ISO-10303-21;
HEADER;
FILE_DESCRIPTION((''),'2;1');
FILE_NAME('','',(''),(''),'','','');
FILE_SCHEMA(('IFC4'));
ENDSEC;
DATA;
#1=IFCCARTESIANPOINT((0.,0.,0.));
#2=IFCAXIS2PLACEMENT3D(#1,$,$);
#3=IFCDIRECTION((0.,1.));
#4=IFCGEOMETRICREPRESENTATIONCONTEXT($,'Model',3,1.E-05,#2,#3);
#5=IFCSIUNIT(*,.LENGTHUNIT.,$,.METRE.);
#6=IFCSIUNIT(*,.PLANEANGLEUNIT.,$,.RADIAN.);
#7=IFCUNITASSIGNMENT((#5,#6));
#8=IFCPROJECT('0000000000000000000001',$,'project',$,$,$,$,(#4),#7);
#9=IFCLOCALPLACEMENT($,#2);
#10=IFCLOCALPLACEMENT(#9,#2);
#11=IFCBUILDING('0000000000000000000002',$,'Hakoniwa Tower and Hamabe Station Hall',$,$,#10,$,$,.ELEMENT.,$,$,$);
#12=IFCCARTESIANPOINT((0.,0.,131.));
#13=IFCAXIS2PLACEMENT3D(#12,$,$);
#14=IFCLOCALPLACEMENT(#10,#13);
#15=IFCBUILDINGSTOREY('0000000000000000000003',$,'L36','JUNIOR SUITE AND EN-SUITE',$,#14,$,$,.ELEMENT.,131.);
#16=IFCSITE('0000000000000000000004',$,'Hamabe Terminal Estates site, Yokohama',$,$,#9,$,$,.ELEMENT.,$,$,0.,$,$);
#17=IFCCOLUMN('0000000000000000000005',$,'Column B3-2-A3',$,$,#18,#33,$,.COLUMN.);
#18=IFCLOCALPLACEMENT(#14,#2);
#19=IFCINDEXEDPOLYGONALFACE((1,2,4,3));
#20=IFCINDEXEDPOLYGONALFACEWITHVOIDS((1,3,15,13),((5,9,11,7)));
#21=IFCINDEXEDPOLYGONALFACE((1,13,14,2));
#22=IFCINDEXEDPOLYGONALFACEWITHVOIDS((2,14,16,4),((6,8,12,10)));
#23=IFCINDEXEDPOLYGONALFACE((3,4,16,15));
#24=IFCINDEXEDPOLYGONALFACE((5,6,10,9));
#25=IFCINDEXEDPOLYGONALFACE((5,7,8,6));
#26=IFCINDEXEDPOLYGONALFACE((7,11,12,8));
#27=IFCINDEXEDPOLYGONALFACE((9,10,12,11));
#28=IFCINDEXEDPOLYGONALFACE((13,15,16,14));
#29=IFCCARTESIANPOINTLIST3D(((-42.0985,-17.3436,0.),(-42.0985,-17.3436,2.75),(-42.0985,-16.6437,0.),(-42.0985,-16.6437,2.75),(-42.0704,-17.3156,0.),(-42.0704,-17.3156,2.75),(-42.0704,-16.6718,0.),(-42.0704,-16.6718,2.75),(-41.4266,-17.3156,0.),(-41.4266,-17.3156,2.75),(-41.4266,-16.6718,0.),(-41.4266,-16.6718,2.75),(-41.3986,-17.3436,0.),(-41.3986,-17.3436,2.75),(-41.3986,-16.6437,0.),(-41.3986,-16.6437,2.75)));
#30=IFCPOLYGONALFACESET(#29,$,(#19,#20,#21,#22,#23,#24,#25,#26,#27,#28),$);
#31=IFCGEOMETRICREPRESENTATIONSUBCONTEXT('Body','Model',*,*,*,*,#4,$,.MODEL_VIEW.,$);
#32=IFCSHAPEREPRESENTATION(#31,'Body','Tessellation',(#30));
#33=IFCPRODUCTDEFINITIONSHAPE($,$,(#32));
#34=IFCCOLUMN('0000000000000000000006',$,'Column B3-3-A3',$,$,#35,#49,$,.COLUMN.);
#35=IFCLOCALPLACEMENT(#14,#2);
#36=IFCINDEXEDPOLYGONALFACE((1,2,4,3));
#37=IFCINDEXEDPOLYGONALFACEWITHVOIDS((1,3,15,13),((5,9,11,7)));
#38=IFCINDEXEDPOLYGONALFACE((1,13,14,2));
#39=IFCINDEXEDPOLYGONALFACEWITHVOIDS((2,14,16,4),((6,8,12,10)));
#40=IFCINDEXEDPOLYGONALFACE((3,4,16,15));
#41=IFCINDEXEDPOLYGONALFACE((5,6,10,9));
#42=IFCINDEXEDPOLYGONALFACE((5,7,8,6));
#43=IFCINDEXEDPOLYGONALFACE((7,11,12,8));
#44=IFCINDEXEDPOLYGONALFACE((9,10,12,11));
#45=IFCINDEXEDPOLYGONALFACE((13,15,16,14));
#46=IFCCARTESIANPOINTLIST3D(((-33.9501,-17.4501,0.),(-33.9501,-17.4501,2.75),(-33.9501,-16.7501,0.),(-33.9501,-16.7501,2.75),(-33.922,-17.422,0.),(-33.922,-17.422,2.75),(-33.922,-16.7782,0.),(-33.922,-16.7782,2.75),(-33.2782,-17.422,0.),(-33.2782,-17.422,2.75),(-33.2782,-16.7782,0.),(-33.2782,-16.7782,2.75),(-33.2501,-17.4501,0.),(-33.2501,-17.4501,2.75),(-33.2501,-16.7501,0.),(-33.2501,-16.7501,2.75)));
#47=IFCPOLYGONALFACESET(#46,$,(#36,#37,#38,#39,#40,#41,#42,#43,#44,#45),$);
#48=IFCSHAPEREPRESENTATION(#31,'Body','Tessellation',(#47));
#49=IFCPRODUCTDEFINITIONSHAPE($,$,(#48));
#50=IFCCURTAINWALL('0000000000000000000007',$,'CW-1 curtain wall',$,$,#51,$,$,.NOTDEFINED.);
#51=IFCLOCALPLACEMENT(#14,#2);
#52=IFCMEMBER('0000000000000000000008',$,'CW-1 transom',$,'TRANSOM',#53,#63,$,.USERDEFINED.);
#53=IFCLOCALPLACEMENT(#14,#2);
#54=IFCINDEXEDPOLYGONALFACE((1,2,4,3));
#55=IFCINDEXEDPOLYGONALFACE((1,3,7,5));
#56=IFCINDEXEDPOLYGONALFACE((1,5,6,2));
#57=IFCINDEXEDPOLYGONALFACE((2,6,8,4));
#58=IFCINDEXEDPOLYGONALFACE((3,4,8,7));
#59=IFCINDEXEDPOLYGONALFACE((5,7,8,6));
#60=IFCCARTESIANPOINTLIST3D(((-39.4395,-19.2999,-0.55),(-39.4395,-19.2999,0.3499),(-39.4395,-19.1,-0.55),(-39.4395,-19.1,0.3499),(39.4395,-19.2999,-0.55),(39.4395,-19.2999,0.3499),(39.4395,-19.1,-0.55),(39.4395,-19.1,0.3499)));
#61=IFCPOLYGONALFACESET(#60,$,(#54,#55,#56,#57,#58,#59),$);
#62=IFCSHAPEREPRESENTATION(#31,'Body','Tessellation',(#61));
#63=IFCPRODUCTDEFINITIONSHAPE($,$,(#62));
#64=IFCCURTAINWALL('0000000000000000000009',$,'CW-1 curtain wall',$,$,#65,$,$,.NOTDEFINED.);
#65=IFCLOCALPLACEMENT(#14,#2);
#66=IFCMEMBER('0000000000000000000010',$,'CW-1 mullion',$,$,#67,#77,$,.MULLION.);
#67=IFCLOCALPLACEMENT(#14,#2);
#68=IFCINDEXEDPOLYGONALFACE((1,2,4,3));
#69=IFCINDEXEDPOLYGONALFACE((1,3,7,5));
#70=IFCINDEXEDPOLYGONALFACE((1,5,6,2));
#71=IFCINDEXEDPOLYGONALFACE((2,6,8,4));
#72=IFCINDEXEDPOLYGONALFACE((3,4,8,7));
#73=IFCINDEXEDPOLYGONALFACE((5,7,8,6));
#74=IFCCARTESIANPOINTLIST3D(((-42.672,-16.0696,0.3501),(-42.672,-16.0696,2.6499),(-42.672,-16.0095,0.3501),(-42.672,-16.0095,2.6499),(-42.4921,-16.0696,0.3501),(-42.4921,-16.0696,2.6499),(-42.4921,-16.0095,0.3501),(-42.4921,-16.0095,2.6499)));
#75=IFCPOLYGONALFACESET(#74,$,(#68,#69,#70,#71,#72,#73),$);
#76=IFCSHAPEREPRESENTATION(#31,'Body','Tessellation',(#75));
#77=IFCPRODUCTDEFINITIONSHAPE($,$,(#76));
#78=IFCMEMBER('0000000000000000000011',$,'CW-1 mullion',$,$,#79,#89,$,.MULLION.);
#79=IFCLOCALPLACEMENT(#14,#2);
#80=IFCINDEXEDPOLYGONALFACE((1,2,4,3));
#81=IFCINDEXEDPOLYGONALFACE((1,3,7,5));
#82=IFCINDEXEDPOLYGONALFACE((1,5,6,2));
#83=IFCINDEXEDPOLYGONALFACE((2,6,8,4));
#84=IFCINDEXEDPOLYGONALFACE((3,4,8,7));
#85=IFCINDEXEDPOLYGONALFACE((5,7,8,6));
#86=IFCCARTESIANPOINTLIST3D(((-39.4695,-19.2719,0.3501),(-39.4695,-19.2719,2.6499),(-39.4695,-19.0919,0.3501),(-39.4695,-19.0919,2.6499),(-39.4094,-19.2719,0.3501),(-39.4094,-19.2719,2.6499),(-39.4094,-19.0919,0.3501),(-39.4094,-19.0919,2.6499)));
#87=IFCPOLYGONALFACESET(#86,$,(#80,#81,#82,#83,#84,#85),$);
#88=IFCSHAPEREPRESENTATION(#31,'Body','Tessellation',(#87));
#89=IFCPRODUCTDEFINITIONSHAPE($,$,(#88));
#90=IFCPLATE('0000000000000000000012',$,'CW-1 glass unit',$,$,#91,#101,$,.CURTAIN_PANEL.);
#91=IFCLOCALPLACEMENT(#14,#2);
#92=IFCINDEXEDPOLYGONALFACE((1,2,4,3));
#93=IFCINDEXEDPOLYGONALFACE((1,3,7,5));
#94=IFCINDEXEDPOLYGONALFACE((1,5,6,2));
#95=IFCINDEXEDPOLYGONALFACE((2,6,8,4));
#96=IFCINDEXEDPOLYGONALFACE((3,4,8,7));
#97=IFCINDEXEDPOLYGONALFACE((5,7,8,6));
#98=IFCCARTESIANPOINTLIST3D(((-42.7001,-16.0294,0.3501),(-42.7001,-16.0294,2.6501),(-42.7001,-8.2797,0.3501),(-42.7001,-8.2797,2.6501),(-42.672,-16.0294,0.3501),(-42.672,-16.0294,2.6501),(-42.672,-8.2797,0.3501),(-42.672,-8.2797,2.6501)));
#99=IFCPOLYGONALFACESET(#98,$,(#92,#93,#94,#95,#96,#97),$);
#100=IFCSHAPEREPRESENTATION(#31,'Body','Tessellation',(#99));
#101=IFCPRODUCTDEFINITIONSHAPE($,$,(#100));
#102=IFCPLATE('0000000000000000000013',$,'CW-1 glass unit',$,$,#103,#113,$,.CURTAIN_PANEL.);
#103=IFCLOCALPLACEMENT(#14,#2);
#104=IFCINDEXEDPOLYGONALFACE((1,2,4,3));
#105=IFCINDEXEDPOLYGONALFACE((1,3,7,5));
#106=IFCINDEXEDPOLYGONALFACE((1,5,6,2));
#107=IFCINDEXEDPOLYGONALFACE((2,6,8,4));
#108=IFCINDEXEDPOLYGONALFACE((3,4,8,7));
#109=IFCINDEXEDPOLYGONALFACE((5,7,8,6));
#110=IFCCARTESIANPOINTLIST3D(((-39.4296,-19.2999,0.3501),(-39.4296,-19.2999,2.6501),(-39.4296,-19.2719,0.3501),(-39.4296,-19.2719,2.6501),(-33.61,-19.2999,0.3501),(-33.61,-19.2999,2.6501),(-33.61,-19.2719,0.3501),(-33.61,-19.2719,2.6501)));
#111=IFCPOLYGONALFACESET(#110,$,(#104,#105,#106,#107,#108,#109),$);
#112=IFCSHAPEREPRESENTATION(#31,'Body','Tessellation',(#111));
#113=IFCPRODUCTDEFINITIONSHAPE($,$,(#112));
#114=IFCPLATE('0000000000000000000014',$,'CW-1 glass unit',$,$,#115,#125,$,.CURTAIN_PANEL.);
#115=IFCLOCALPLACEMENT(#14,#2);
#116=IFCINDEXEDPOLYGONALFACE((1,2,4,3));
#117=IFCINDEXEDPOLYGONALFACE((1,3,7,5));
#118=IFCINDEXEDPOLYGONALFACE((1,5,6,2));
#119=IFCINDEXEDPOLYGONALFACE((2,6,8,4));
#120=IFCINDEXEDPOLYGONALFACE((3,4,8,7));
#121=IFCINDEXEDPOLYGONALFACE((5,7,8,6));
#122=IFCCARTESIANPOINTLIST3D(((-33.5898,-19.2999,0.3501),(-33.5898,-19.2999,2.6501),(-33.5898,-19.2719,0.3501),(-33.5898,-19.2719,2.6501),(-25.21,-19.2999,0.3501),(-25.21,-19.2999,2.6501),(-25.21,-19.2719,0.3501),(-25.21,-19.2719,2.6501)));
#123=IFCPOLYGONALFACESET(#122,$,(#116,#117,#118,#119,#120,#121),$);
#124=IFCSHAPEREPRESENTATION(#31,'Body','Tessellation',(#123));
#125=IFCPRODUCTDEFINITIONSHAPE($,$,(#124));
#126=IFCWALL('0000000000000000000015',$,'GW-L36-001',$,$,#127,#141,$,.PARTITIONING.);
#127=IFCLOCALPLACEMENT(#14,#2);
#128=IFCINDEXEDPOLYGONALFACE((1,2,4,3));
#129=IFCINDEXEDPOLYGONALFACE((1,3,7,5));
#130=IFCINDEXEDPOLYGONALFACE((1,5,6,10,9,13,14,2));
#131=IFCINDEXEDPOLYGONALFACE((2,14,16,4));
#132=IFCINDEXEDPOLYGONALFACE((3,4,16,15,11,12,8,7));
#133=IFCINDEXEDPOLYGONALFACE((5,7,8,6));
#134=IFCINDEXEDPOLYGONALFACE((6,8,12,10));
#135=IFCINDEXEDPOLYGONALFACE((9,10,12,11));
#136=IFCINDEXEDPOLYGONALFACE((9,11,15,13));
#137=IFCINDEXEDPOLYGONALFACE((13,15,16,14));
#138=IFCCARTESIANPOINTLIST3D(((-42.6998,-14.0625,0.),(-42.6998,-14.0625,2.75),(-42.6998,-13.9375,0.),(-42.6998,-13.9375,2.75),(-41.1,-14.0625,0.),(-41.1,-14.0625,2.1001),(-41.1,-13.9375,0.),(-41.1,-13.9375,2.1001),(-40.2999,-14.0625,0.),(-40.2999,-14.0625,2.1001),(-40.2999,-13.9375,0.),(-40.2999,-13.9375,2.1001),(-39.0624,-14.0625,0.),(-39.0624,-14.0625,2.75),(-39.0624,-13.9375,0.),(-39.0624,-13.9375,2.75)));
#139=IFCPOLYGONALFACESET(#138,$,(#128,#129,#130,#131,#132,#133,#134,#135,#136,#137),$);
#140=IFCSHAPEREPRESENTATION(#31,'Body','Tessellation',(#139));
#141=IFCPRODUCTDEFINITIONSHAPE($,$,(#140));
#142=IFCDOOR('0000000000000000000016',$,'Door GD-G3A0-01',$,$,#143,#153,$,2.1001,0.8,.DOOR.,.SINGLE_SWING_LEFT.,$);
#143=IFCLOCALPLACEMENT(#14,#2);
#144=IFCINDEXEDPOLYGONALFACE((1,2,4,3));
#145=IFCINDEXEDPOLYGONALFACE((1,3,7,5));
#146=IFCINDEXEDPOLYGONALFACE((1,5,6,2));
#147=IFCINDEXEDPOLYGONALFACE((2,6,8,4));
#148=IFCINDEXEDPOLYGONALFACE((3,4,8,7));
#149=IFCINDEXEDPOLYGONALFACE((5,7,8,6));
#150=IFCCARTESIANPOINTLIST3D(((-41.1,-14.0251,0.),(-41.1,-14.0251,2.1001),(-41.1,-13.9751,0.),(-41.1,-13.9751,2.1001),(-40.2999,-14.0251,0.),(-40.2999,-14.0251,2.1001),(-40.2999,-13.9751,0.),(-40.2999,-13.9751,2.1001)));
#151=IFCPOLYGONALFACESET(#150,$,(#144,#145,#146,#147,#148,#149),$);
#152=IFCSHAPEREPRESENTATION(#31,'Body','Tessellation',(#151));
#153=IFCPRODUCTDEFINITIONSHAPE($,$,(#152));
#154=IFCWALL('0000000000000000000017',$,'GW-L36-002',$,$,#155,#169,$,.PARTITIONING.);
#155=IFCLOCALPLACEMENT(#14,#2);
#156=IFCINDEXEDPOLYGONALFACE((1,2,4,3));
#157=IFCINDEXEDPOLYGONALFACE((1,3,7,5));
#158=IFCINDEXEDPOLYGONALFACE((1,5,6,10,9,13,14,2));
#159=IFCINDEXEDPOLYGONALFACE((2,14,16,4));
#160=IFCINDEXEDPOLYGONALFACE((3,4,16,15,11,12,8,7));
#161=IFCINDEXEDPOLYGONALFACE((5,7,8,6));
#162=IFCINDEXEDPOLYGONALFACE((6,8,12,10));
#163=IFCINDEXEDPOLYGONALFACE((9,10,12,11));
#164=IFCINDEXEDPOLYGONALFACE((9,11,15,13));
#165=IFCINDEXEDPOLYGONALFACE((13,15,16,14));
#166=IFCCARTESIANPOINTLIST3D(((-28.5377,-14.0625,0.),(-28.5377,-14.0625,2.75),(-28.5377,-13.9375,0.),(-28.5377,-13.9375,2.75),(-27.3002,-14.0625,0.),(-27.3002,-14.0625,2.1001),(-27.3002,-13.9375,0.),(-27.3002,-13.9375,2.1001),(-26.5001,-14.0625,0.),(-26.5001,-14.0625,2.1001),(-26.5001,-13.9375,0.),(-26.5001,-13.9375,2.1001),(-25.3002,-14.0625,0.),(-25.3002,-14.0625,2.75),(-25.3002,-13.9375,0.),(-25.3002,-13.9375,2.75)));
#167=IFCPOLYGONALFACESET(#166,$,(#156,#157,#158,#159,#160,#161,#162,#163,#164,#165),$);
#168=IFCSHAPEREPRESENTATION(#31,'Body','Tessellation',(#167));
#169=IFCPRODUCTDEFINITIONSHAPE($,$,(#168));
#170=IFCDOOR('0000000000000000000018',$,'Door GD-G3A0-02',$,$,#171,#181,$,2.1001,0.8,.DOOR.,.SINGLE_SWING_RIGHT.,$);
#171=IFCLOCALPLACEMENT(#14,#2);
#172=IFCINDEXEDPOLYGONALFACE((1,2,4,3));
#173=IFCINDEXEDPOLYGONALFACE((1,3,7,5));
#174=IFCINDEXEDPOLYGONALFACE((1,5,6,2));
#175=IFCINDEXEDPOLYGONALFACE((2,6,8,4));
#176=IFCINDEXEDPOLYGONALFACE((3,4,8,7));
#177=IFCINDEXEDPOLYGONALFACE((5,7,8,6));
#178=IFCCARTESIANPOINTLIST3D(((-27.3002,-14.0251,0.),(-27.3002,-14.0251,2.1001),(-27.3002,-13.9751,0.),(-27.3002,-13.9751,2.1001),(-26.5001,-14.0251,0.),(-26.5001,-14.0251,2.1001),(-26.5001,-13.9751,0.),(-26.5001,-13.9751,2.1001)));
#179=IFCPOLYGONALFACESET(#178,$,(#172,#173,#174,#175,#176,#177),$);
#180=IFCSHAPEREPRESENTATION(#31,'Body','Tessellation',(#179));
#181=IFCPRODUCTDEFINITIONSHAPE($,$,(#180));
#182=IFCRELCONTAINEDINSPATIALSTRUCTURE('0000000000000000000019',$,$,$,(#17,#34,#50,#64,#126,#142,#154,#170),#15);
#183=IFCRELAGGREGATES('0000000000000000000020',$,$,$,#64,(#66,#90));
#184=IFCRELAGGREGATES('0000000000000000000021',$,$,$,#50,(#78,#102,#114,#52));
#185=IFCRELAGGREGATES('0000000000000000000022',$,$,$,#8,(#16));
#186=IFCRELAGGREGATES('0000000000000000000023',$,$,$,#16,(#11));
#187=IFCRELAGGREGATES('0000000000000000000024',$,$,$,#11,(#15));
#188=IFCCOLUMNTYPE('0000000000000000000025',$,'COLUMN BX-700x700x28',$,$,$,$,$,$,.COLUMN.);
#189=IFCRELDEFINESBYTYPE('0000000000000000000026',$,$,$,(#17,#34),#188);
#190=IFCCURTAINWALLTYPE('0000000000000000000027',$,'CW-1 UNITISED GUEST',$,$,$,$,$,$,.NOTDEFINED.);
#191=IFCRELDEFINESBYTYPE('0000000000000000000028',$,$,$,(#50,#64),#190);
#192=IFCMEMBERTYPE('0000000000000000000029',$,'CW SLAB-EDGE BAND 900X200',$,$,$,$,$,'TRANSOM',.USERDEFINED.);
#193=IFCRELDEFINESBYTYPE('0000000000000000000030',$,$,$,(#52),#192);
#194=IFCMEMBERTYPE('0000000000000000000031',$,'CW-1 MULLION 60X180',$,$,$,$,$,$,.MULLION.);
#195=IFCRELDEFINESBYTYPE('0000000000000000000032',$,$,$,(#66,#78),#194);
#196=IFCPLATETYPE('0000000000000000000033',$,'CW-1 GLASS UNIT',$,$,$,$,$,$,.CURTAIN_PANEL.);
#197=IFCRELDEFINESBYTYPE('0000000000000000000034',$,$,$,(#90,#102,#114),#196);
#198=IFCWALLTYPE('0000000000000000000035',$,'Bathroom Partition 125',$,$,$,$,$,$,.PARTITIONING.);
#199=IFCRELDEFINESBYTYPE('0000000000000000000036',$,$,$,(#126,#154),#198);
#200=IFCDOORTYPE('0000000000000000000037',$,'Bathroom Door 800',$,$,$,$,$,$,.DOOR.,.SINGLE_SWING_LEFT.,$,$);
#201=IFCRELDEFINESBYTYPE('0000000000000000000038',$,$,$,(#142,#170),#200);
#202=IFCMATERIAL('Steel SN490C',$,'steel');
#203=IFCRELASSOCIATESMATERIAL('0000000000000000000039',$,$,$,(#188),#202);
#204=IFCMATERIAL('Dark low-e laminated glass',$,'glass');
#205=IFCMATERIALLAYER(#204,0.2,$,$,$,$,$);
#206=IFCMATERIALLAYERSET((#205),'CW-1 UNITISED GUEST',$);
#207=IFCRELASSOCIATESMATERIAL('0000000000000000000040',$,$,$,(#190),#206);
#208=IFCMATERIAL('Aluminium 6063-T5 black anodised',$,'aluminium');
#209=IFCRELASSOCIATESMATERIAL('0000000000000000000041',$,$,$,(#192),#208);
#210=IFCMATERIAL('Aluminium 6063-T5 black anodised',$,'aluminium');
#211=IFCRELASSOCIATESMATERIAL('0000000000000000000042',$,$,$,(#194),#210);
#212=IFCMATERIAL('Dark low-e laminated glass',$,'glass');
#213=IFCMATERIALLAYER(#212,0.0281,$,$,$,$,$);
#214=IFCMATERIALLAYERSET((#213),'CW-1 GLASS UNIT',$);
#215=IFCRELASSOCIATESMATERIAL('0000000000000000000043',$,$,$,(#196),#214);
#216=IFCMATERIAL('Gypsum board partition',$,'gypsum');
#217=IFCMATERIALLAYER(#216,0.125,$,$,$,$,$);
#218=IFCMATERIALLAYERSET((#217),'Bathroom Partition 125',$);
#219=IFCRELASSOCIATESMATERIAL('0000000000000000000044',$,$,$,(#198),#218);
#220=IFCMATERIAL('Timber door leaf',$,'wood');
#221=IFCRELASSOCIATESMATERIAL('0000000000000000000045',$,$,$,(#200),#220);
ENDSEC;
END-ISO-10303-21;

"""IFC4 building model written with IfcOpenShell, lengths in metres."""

from ifc_helpers import new_model, si_unit, direction, frame, frame_2d, origin, origin_2d, place, context, subcontext, project, spatial, rectangle, hollow_rectangle, extrude, material, layer, layer_set, material_profile, profile_set, type_object, element, fill, aggregate, save


model = new_model("IFC4")

# Units and contexts
model_context = context("Model", 3, precision=1e-05, world=origin(), true_north=direction((0.0, 1.0)))
body_context = subcontext(model_context, "Body", "Model", "MODEL_VIEW")
ifc_project = project(units=[si_unit("LENGTHUNIT", "METRE"), si_unit("PLANEANGLEUNIT", "RADIAN")], contexts=[model_context])

# Site, building, storey
site_placement = place(None, origin())
site = spatial("IfcSite", under=ifc_project, at=site_placement, Name="Hamabe Terminal Estates site, Yokohama", CompositionType="ELEMENT", RefElevation=0.0)
building_placement = place(site_placement, origin())
building = spatial("IfcBuilding", under=site, at=building_placement, Name="Hakoniwa Tower and Hamabe Station Hall", CompositionType="ELEMENT")
storey_placement = place(building_placement, frame((0.0, 0.0, 131.0)))
storey = spatial("IfcBuildingStorey", under=building, at=storey_placement, Name="L36", Description="JUNIOR SUITE AND EN-SUITE", CompositionType="ELEMENT", Elevation=131.0)

# Columns
ifc_material_1 = material(Name="Steel SN490C", Category="steel")
ifc_material_profile_1 = material_profile(ifc_material_1, hollow_rectangle(XDim=0.7, YDim=0.7, WallThickness=0.0281, at=origin_2d()), Name="BX-700x700x28")
ifc_profile_set_1 = profile_set([ifc_material_profile_1], Name="Steel SN490C")
column_type = type_object("IfcColumnType", Name="COLUMN BX-700x700x28", PredefinedType="COLUMN", material=ifc_profile_set_1)
for number, where, z_axis, x_axis, name in (
    (1, (-41.7485, -16.9937, 0.0), (0.0, 0.0, 1.0), (1.0, 0.0, 0.0), "Column B3-2-A3"),
    (2, (-33.6001, -17.1001, 0.0), (0.0, 0.0, 1.0), (1.0, 0.0, 0.0), "Column B3-3-A3"),
):
    element("IfcColumn", number, at=place(storey_placement, frame(where, z_axis=z_axis, x_axis=x_axis)), inside=storey, type_object=column_type, Name=name, PredefinedType="COLUMN", context=body_context, shape_type="SweptSolid", body=[
        extrude(hollow_rectangle(XDim=0.7, YDim=0.7, WallThickness=0.0281, at=origin_2d()), origin(), (0.0, 0.0, 1.0), 2.75),
    ])

# Curtain walls, members
ifc_material_2 = material(Name="Dark low-e laminated glass", Category="glass")
ifc_layer_1 = layer(ifc_material_2, 0.2)
ifc_layer_set_1 = layer_set([ifc_layer_1], Name="CW-1 UNITISED GUEST")
curtain_wall_type = type_object("IfcCurtainWallType", Name="CW-1 UNITISED GUEST", PredefinedType="NOTDEFINED", material=ifc_layer_set_1)
curtain_wall_1_placement = place(storey_placement, origin())
curtain_wall_1 = element("IfcCurtainWall", 3, at=curtain_wall_1_placement, inside=storey, type_object=curtain_wall_type, Name="CW-1 curtain wall", PredefinedType="NOTDEFINED")
ifc_material_3 = material(Name="Aluminium 6063-T5 black anodised", Category="aluminium")
ifc_material_profile_2 = material_profile(ifc_material_3, rectangle(XDim=0.2, YDim=0.8999, at=origin_2d()), Name="CW SLAB-EDGE BAND 900X200")
ifc_profile_set_2 = profile_set([ifc_material_profile_2], Name="Aluminium 6063-T5 black anodised")
member_type_1 = type_object("IfcMemberType", Name="CW SLAB-EDGE BAND 900X200", ElementType="TRANSOM", PredefinedType="USERDEFINED", material=ifc_profile_set_2)
member_1_placement = place(storey_placement, frame((-39.4395, -19.2, -0.1001), z_axis=(1.0, 0.0, 0.0), x_axis=(0.0, 1.0, 0.0)))
member_1 = element("IfcMember", 4, at=member_1_placement, type_object=member_type_1, Name="CW-1 transom", ObjectType="TRANSOM", PredefinedType="USERDEFINED", context=body_context, shape_type="SweptSolid", body=[
    extrude(rectangle(XDim=0.2, YDim=0.8999, at=origin_2d()), origin(), (0.0, 0.0, 1.0), 78.8789),
])
curtain_wall_2_placement = place(storey_placement, origin())
curtain_wall_2 = element("IfcCurtainWall", 5, at=curtain_wall_2_placement, inside=storey, type_object=curtain_wall_type, Name="CW-1 curtain wall", PredefinedType="NOTDEFINED")
ifc_material_4 = material(Name="Aluminium 6063-T5 black anodised", Category="aluminium")
ifc_material_profile_3 = material_profile(ifc_material_4, rectangle(XDim=0.0601, YDim=0.1799, at=origin_2d()), Name="CW-1 MULLION 60X180")
ifc_profile_set_3 = profile_set([ifc_material_profile_3], Name="Aluminium 6063-T5 black anodised")
member_type_2 = type_object("IfcMemberType", Name="CW-1 MULLION 60X180", PredefinedType="MULLION", material=ifc_profile_set_3)
member_2_placement = place(storey_placement, frame((-42.582, -16.0396, 0.3501), z_axis=(0.0, 0.0, 1.0), x_axis=(0.0, -1.0, 0.0)))
member_2 = element("IfcMember", 6, at=member_2_placement, type_object=member_type_2, Name="CW-1 mullion", PredefinedType="MULLION", context=body_context, shape_type="SweptSolid", body=[
    extrude(rectangle(XDim=0.0601, YDim=0.1799, at=origin_2d()), origin(), (0.0, 0.0, 1.0), 2.2998),
])

# Member
member_3_placement = place(storey_placement, frame((-39.4395, -19.1819, 0.3501), z_axis=(0.0, 0.0, 1.0), x_axis=(1.0, 0.0, 0.0)))
member_3 = element("IfcMember", 7, at=member_3_placement, type_object=member_type_2, Name="CW-1 mullion", PredefinedType="MULLION", context=body_context, shape_type="SweptSolid", body=[
    extrude(rectangle(XDim=0.0601, YDim=0.1799, at=origin_2d()), origin(), (0.0, 0.0, 1.0), 2.2998),
])

# Plates
ifc_material_5 = material(Name="Dark low-e laminated glass", Category="glass")
ifc_layer_2 = layer(ifc_material_5, 0.0281)
ifc_layer_set_2 = layer_set([ifc_layer_2], Name="CW-1 GLASS UNIT")
plate_type = type_object("IfcPlateType", Name="CW-1 GLASS UNIT", PredefinedType="CURTAIN_PANEL", material=ifc_layer_set_2)
plate_1_placement = place(storey_placement, frame((-42.686, -12.1545, 0.3501), z_axis=(0.0, 0.0, 1.0), x_axis=(0.0, -1.0, 0.0)))
plate_1 = element("IfcPlate", 8, at=plate_1_placement, type_object=plate_type, Name="CW-1 glass unit", PredefinedType="CURTAIN_PANEL", context=body_context, shape_type="SweptSolid", body=[
    extrude(rectangle(XDim=7.7498, YDim=0.0281, at=origin_2d()), origin(), (0.0, 0.0, 1.0), 2.3),
])
aggregate(curtain_wall_2, [member_2, plate_1])
plate_2_placement = place(storey_placement, frame((-36.5198, -19.2859, 0.3501), z_axis=(0.0, 0.0, 1.0), x_axis=(1.0, 0.0, 0.0)))
plate_2 = element("IfcPlate", 9, at=plate_2_placement, type_object=plate_type, Name="CW-1 glass unit", PredefinedType="CURTAIN_PANEL", context=body_context, shape_type="SweptSolid", body=[
    extrude(rectangle(XDim=5.8196, YDim=0.0281, at=origin_2d()), origin(), (0.0, 0.0, 1.0), 2.3),
])
plate_3_placement = place(storey_placement, frame((-29.3999, -19.2859, 0.3501), z_axis=(0.0, 0.0, 1.0), x_axis=(1.0, 0.0, 0.0)))
plate_3 = element("IfcPlate", 10, at=plate_3_placement, type_object=plate_type, Name="CW-1 glass unit", PredefinedType="CURTAIN_PANEL", context=body_context, shape_type="SweptSolid", body=[
    extrude(rectangle(XDim=8.3799, YDim=0.0281, at=origin_2d()), origin(), (0.0, 0.0, 1.0), 2.3),
])
aggregate(curtain_wall_1, [member_3, plate_2, plate_3, member_1])

# Walls, openings, doors
ifc_material_6 = material(Name="Gypsum board partition", Category="gypsum")
ifc_layer_3 = layer(ifc_material_6, 0.125)
ifc_layer_set_3 = layer_set([ifc_layer_3], Name="Bathroom Partition 125")
wall_type_1 = type_object("IfcWallType", Name="Bathroom Partition 125", PredefinedType="PARTITIONING", material=ifc_layer_set_3)
wall_1_placement = place(storey_placement, frame((-42.7, -14.0, 0.0), z_axis=(0.0, 0.0, 1.0), x_axis=(1.0, 0.0, 0.0)))
wall_1 = element("IfcWall", 11, at=wall_1_placement, inside=storey, type_object=wall_type_1, Name="GW-L36-001", PredefinedType="PARTITIONING", context=body_context, shape_type="SweptSolid", body=[
    extrude(rectangle(XDim=3.6375, YDim=0.125, at=frame_2d((1.8188, 0.0))), origin(), (0.0, 0.0, 1.0), 2.75),
])
opening_1_placement = place(wall_1_placement, frame((1.6001, 0.0, 0.0)))
opening_1 = element("IfcOpeningElement", 12, at=opening_1_placement, cuts=wall_1, PredefinedType="OPENING", context=body_context, shape_type="SweptSolid", body=[
    extrude(rectangle(XDim=0.8, YDim=2.1001, at=frame_2d((0.3999, 1.05))), frame((0.0, 0.0725, 0.0), z_axis=(0.0, -1.0, 0.0), x_axis=(1.0, 0.0, 0.0)), (0.0, 0.0, 1.0), 0.145),
])
ifc_material_7 = material(Name="Timber door leaf", Category="wood")
door_type = type_object("IfcDoorType", Name="Bathroom Door 800", OperationType="SINGLE_SWING_LEFT", PredefinedType="DOOR", material=ifc_material_7)
door_1_placement = place(opening_1_placement, origin())
door_1 = element("IfcDoor", 13, at=door_1_placement, inside=storey, type_object=door_type, Name="Door GD-G3A0-01", OperationType="SINGLE_SWING_LEFT", OverallHeight=2.1001, OverallWidth=0.8, PredefinedType="DOOR", context=body_context, shape_type="SweptSolid", body=[
    extrude(rectangle(XDim=0.8, YDim=2.1001, at=frame_2d((0.3999, 1.05))), frame((0.0, 0.0249, 0.0), z_axis=(0.0, -1.0, 0.0), x_axis=(1.0, 0.0, 0.0)), (0.0, 0.0, 1.0), 0.05),
])
fill(opening_1, door_1)
wall_2_placement = place(storey_placement, frame((-28.5376, -14.0, 0.0), z_axis=(0.0, 0.0, 1.0), x_axis=(1.0, 0.0, 0.0)))
wall_2 = element("IfcWall", 14, at=wall_2_placement, inside=storey, type_object=wall_type_1, Name="GW-L36-002", PredefinedType="PARTITIONING", context=body_context, shape_type="SweptSolid", body=[
    extrude(rectangle(XDim=3.2375, YDim=0.125, at=frame_2d((1.6187, 0.0))), origin(), (0.0, 0.0, 1.0), 2.75),
])
opening_2_placement = place(wall_2_placement, frame((1.2375, 0.0, 0.0)))
opening_2 = element("IfcOpeningElement", 15, at=opening_2_placement, cuts=wall_2, PredefinedType="OPENING", context=body_context, shape_type="SweptSolid", body=[
    extrude(rectangle(XDim=0.8, YDim=2.1001, at=frame_2d((0.3999, 1.05))), frame((0.0, 0.0725, 0.0), z_axis=(0.0, -1.0, 0.0), x_axis=(1.0, 0.0, 0.0)), (0.0, 0.0, 1.0), 0.145),
])
door_2_placement = place(opening_2_placement, origin())
door_2 = element("IfcDoor", 16, at=door_2_placement, inside=storey, type_object=door_type, Name="Door GD-G3A0-02", OperationType="SINGLE_SWING_RIGHT", OverallHeight=2.1001, OverallWidth=0.8, PredefinedType="DOOR", context=body_context, shape_type="SweptSolid", body=[
    extrude(rectangle(XDim=0.8, YDim=2.1001, at=frame_2d((0.3999, 1.05))), frame((0.0, 0.0249, 0.0), z_axis=(0.0, -1.0, 0.0), x_axis=(1.0, 0.0, 0.0)), (0.0, 0.0, 1.0), 0.05),
])
fill(opening_2, door_2)

save(model, "model.ifc")
